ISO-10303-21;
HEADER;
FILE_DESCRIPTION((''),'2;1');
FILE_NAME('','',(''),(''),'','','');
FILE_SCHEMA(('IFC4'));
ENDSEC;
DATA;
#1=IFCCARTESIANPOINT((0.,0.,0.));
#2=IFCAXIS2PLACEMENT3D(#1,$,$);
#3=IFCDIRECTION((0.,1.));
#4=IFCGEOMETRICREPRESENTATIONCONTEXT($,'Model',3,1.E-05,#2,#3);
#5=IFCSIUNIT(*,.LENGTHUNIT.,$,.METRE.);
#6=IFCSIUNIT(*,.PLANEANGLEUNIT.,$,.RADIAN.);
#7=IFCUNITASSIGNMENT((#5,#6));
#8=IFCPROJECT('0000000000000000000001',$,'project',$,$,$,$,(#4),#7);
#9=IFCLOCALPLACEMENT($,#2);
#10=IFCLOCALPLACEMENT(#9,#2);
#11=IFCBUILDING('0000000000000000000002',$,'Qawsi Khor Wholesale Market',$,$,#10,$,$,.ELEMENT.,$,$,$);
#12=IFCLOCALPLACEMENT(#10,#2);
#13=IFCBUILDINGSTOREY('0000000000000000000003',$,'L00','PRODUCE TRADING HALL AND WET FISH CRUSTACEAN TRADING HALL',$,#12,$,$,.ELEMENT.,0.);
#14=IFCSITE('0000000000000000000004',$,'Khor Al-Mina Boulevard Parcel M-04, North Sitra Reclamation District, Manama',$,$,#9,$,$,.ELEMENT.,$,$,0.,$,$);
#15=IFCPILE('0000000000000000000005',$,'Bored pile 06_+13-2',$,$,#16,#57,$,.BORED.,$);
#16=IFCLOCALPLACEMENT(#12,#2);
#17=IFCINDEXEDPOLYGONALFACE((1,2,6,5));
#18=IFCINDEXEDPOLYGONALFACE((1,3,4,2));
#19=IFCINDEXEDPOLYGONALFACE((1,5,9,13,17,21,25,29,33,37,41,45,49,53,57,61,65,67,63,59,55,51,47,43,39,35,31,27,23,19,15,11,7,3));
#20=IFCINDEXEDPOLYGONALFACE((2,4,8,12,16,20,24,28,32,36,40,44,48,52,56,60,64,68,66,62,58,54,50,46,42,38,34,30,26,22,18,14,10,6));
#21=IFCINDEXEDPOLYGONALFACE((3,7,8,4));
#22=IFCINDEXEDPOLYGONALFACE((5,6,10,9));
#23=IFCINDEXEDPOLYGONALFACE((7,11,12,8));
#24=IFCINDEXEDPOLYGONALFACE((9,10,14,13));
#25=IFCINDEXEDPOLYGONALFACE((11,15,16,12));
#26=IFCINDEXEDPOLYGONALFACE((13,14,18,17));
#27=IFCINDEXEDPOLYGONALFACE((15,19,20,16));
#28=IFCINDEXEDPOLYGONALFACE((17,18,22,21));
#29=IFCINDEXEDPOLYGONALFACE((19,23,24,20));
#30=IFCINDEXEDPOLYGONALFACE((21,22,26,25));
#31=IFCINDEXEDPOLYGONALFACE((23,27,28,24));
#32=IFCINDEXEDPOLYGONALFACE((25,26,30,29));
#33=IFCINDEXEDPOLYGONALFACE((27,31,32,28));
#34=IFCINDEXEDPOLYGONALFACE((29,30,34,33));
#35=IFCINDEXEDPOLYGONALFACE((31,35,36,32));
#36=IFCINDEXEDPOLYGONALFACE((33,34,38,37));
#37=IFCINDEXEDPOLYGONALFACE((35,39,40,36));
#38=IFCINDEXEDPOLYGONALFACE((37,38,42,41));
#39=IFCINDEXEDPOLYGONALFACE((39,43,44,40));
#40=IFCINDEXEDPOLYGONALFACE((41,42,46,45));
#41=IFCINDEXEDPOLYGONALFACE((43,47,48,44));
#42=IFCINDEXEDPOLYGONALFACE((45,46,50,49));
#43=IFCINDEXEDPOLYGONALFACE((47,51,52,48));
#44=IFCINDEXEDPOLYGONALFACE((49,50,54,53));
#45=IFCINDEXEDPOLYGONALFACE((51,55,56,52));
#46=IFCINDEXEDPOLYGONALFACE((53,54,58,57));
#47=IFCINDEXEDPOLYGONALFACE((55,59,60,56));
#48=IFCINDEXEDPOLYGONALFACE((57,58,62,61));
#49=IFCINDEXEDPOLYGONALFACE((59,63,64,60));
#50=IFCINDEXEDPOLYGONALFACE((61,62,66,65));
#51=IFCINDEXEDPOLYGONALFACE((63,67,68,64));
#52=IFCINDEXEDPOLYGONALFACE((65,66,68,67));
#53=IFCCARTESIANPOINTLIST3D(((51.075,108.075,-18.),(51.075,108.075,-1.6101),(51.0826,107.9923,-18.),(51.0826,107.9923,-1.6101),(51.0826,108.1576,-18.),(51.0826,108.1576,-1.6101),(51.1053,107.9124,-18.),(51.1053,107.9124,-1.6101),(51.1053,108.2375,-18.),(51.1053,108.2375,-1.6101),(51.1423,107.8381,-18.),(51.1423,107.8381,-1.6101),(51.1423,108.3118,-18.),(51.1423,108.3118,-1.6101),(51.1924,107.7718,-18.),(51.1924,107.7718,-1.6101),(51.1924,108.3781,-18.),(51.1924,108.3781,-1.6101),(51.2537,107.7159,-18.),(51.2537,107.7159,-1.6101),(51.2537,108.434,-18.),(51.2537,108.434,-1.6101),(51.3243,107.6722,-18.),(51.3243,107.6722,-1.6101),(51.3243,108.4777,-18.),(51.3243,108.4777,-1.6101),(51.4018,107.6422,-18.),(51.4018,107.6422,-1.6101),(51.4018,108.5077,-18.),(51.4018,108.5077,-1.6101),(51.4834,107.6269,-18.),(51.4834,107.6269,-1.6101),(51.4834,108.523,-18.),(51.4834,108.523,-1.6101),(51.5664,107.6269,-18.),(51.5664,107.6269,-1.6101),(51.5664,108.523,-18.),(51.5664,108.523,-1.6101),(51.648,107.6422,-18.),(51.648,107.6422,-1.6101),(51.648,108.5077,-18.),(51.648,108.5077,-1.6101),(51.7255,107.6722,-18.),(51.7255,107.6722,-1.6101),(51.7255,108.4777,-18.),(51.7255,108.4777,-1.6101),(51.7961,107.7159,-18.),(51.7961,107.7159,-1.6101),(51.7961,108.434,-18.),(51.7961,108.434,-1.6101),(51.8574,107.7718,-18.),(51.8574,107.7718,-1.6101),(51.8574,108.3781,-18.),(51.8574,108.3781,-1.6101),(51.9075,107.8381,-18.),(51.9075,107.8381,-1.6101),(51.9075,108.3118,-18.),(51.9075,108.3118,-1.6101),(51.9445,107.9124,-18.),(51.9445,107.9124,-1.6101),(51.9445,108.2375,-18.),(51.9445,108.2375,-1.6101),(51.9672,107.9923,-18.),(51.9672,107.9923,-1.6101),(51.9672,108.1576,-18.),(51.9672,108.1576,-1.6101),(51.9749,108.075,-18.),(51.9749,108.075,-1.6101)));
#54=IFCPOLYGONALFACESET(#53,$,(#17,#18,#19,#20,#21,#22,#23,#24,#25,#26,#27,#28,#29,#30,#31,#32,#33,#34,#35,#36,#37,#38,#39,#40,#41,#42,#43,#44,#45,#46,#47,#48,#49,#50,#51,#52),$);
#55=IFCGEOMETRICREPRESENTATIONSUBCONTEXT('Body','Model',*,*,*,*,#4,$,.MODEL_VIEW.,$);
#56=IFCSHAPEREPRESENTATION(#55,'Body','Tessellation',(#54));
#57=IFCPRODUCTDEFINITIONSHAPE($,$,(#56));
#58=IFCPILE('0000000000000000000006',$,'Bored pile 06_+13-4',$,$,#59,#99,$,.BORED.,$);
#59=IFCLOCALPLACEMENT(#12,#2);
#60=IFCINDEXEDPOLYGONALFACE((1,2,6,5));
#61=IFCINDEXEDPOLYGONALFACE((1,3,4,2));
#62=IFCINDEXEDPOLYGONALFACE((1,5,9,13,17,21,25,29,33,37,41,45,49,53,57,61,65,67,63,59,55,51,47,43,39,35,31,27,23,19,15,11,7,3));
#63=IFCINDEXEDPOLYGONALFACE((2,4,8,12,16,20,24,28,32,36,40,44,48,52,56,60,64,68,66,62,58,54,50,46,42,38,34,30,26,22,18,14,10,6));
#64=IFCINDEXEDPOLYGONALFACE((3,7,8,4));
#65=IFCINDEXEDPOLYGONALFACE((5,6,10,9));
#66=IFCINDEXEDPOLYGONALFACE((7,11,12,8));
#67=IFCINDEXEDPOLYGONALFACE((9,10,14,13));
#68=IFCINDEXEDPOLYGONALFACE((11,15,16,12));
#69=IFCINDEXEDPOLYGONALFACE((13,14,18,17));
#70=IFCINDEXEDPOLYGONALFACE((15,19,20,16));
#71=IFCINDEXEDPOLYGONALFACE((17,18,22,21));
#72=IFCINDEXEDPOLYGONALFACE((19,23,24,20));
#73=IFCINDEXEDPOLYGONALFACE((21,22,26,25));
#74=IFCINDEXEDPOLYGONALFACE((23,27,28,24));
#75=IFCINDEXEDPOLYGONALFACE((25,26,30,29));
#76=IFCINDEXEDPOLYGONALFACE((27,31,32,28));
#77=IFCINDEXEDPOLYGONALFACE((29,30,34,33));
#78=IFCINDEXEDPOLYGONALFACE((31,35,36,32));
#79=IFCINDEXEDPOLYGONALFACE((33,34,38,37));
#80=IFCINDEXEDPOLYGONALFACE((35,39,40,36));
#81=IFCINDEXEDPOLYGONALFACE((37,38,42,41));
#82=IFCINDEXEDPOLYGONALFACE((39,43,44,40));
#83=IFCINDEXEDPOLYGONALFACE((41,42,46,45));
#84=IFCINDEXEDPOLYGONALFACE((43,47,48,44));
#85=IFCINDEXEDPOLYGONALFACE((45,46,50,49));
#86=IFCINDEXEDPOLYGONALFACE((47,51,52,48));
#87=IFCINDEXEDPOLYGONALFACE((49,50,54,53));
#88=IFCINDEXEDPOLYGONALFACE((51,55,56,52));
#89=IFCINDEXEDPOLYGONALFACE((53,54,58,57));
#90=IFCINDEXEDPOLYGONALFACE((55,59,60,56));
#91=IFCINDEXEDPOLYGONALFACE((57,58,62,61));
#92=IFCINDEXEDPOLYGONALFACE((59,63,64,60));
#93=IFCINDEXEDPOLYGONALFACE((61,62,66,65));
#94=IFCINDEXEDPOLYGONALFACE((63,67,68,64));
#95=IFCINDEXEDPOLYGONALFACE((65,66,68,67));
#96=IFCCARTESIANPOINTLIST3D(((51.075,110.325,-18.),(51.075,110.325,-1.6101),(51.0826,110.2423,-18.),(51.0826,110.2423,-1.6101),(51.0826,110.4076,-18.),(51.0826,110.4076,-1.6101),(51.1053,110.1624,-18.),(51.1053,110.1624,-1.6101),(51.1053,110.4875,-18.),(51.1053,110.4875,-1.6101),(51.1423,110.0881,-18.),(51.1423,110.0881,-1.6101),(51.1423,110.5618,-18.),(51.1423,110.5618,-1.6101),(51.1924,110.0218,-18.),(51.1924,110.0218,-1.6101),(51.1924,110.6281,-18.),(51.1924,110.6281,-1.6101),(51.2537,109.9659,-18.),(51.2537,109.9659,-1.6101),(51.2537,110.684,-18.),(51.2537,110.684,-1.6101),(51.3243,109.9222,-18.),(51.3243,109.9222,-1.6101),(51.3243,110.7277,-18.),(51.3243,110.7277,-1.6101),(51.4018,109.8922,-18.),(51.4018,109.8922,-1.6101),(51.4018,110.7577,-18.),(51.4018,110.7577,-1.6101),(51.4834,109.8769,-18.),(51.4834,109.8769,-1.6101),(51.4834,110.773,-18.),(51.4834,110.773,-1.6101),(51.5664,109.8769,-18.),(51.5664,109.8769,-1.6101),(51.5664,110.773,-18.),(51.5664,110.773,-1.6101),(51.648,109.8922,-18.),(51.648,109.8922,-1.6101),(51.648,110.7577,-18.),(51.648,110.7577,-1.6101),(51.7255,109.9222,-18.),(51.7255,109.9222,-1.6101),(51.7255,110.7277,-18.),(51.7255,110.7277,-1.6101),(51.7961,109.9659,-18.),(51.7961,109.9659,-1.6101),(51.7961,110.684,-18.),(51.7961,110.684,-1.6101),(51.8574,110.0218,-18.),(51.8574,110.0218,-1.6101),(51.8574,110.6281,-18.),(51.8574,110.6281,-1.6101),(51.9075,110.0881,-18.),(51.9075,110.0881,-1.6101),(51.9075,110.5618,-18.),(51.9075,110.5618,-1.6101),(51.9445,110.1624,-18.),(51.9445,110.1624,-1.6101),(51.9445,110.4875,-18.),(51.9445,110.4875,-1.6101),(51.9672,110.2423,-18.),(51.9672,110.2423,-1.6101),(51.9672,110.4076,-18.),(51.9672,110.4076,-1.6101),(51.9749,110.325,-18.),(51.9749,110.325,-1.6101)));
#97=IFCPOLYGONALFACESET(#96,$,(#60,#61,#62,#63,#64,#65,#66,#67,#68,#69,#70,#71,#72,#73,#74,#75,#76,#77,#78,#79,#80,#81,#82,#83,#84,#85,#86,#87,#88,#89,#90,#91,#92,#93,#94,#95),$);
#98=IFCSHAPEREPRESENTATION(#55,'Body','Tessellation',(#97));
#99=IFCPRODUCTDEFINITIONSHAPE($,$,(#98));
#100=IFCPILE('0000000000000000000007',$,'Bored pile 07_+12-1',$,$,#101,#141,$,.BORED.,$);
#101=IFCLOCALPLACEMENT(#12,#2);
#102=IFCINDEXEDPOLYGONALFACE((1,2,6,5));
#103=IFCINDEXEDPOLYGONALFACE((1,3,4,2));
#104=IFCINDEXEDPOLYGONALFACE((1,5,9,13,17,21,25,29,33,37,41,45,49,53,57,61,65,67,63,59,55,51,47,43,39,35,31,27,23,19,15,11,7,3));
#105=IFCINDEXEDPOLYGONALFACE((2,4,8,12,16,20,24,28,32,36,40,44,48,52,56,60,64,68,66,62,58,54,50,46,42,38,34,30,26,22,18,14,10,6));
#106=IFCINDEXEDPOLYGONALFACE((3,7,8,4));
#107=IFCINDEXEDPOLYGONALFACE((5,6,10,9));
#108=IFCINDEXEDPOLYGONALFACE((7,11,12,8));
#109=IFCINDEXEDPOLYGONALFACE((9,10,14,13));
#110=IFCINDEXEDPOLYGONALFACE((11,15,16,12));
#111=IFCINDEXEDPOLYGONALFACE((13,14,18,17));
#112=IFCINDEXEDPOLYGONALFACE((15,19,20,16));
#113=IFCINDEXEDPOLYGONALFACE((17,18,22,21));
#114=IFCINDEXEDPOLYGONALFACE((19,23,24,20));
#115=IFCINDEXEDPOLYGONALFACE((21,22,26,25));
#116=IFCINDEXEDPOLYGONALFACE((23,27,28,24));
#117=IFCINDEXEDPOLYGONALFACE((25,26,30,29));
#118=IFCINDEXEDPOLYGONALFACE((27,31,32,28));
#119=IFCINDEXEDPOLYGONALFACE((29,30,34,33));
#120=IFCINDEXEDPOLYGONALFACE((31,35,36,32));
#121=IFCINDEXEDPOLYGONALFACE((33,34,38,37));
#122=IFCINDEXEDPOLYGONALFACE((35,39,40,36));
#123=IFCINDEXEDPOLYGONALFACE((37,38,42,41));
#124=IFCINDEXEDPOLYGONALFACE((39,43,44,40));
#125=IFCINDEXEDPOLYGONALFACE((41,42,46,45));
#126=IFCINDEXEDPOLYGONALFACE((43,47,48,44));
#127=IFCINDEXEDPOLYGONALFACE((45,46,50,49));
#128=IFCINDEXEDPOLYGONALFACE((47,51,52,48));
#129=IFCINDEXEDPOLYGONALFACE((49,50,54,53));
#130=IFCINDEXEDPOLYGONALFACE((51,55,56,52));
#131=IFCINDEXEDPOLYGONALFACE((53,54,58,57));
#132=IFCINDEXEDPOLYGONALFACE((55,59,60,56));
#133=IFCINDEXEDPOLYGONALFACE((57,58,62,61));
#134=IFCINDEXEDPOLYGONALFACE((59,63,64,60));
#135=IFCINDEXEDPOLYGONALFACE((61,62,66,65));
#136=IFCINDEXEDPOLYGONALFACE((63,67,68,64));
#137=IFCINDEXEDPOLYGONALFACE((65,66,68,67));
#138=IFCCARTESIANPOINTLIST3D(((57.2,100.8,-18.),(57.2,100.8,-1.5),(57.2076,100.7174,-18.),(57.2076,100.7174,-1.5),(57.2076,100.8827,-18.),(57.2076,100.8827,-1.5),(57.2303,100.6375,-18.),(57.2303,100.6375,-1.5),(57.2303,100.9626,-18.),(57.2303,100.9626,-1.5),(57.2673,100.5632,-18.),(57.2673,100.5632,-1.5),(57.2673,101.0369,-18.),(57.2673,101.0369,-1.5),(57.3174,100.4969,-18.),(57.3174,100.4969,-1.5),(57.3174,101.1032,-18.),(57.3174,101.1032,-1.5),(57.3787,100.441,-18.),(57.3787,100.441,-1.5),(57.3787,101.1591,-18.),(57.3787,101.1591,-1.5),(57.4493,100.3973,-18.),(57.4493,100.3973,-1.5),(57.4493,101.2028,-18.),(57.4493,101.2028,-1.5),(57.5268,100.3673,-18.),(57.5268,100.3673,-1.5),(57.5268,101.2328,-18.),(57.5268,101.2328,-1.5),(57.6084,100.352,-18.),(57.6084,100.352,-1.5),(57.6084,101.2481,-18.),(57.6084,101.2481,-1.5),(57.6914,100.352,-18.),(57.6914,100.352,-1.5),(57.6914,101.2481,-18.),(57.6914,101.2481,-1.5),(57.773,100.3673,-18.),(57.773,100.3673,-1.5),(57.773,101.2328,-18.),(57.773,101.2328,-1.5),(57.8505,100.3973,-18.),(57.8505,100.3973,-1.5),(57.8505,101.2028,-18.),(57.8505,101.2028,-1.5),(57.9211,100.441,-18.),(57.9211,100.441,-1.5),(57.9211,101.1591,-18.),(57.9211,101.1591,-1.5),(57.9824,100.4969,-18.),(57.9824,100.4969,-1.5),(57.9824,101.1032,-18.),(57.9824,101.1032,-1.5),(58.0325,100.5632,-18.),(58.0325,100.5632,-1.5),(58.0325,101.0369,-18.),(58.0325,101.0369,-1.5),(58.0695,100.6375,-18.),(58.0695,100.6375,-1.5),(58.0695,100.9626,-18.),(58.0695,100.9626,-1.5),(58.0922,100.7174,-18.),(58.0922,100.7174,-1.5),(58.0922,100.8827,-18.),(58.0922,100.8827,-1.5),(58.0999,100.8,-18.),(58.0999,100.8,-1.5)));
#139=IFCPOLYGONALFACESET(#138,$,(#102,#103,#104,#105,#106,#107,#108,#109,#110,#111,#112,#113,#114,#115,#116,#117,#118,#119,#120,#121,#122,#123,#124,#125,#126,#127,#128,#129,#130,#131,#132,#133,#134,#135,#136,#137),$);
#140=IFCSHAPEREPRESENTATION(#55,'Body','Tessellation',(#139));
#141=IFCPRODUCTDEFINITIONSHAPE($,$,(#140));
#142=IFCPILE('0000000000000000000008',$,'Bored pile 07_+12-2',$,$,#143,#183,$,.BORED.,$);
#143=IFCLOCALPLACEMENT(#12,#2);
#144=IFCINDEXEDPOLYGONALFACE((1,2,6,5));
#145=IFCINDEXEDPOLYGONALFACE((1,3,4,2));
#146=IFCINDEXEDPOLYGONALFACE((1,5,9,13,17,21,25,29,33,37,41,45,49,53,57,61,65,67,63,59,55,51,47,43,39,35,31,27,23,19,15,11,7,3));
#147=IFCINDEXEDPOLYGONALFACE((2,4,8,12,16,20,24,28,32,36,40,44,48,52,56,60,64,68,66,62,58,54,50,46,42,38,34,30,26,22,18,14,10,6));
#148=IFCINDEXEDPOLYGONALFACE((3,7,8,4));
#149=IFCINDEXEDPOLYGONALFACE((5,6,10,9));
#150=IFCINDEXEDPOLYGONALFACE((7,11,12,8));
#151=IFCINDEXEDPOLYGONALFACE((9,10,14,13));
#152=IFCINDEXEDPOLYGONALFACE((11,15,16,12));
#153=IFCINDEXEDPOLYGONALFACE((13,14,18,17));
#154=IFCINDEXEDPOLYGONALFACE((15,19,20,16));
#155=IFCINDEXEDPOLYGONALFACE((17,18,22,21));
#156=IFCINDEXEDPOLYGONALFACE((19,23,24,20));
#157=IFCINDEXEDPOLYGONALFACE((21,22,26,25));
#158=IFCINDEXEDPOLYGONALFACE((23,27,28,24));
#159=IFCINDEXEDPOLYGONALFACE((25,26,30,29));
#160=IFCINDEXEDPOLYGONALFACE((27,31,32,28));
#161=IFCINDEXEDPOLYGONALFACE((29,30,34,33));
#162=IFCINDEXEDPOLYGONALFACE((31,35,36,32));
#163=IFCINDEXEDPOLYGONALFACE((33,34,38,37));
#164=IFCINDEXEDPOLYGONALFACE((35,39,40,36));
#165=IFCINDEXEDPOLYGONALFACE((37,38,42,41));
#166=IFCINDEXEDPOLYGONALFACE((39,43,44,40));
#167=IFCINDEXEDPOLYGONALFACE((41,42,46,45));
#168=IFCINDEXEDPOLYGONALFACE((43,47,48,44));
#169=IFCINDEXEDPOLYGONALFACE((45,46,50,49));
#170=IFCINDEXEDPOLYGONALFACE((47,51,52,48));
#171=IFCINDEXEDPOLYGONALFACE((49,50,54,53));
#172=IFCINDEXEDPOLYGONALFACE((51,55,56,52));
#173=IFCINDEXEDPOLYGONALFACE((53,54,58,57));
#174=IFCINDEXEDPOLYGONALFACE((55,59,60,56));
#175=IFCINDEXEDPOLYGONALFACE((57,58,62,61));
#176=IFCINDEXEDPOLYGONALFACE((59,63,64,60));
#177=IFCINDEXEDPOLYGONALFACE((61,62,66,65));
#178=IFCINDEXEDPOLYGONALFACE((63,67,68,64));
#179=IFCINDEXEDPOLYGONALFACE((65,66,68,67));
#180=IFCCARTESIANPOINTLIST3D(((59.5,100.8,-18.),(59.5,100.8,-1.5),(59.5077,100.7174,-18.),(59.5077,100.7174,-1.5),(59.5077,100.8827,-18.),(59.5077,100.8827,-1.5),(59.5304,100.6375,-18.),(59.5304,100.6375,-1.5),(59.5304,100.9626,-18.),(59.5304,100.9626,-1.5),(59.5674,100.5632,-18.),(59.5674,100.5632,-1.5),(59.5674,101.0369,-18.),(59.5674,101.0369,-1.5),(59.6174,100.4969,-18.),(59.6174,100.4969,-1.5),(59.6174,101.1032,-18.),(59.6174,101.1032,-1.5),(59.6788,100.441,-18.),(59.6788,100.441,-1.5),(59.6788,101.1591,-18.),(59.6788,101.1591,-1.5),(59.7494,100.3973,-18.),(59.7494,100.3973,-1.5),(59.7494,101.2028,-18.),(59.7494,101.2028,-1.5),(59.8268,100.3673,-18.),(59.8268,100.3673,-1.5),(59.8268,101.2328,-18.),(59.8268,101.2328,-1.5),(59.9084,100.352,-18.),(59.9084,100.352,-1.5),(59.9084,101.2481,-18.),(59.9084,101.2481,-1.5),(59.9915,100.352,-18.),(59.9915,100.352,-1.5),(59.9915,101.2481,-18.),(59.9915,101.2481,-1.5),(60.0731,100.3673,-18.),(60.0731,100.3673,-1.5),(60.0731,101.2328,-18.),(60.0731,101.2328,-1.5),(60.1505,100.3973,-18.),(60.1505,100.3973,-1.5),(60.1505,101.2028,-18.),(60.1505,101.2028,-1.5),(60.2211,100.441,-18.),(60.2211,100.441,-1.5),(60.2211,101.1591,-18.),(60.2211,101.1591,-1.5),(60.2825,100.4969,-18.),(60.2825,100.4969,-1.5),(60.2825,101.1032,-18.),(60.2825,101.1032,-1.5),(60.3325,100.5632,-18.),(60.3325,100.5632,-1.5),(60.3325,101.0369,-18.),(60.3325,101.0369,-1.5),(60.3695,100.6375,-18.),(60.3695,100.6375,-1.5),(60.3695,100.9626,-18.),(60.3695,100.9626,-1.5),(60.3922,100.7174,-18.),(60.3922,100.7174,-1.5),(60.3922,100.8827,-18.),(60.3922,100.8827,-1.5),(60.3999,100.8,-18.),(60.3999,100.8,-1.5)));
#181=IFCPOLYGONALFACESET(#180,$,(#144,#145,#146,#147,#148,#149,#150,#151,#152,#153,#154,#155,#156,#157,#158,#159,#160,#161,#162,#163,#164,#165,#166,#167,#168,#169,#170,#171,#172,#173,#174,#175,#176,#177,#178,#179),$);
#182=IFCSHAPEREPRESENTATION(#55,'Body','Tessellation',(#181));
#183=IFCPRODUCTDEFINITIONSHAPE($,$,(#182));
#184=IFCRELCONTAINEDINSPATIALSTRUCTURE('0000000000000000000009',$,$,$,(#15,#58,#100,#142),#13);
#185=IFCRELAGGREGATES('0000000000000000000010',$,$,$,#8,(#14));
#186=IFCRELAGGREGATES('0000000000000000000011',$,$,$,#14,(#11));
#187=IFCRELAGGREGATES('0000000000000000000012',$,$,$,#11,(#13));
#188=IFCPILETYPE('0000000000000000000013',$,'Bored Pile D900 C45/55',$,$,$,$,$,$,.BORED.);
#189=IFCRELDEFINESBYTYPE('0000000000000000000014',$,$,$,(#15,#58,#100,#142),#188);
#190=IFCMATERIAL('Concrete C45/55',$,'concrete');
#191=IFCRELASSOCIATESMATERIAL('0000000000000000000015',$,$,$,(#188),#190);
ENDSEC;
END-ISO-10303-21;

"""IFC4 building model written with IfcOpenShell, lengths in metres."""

from ifc_helpers import new_model, si_unit, direction, frame, origin, origin_2d, place, context, subcontext, project, spatial, circle, extrude, material, material_profile, profile_set, type_object, element, save


model = new_model("IFC4")

# Units and contexts
model_context = context("Model", 3, precision=1e-05, world=origin(), true_north=direction((0.0, 1.0)))
body_context = subcontext(model_context, "Body", "Model", "MODEL_VIEW")
ifc_project = project(units=[si_unit("LENGTHUNIT", "METRE"), si_unit("PLANEANGLEUNIT", "RADIAN")], contexts=[model_context])

# Site, building, storey
site_placement = place(None, origin())
site = spatial("IfcSite", under=ifc_project, at=site_placement, Name="Khor Al-Mina Boulevard Parcel M-04, North Sitra Reclamation District, Manama", CompositionType="ELEMENT", RefElevation=0.0)
building_placement = place(site_placement, origin())
building = spatial("IfcBuilding", under=site, at=building_placement, Name="Qawsi Khor Wholesale Market", CompositionType="ELEMENT")
storey_placement = place(building_placement, origin())
storey = spatial("IfcBuildingStorey", under=building, at=storey_placement, Name="L00", Description="PRODUCE TRADING HALL AND WET FISH CRUSTACEAN TRADING HALL", CompositionType="ELEMENT", Elevation=0.0)

# Piles
ifc_material_1 = material(Name="Concrete C45/55", Category="concrete")
ifc_material_profile_1 = material_profile(ifc_material_1, circle(Radius=0.45, at=origin_2d()), Name="PILE D900")
ifc_profile_set_1 = profile_set([ifc_material_profile_1], Name="Concrete C45/55")
pile_type_1 = type_object("IfcPileType", Name="Bored Pile D900 C45/55", PredefinedType="BORED", material=ifc_profile_set_1)
for number, where, z_axis, x_axis, name in (
    (1, (51.5249, 108.075, -1.6101), (0.0, 0.0, -1.0), (1.0, 0.0, 0.0), "Bored pile 06_+13-2"),
    (2, (51.5249, 110.325, -1.6101), (0.0, 0.0, -1.0), (1.0, 0.0, 0.0), "Bored pile 06_+13-4"),
):
    element("IfcPile", number, at=place(storey_placement, frame(where, z_axis=z_axis, x_axis=x_axis)), inside=storey, type_object=pile_type_1, Name=name, PredefinedType="BORED", context=body_context, shape_type="SweptSolid", body=[
        extrude(circle(Radius=0.45, at=origin_2d()), origin(), (0.0, 0.0, 1.0), 16.3899),
    ])
for number, where, z_axis, x_axis, name in (
    (3, (57.6499, 100.8, -1.5), (0.0, 0.0, -1.0), (1.0, 0.0, 0.0), "Bored pile 07_+12-1"),
    (4, (59.95, 100.8, -1.5), (0.0, 0.0, -1.0), (1.0, 0.0, 0.0), "Bored pile 07_+12-2"),
):
    element("IfcPile", number, at=place(storey_placement, frame(where, z_axis=z_axis, x_axis=x_axis)), inside=storey, type_object=pile_type_1, Name=name, PredefinedType="BORED", context=body_context, shape_type="SweptSolid", body=[
        extrude(circle(Radius=0.45, at=origin_2d()), origin(), (0.0, 0.0, 1.0), 16.5),
    ])

save(model, "model.ifc")
